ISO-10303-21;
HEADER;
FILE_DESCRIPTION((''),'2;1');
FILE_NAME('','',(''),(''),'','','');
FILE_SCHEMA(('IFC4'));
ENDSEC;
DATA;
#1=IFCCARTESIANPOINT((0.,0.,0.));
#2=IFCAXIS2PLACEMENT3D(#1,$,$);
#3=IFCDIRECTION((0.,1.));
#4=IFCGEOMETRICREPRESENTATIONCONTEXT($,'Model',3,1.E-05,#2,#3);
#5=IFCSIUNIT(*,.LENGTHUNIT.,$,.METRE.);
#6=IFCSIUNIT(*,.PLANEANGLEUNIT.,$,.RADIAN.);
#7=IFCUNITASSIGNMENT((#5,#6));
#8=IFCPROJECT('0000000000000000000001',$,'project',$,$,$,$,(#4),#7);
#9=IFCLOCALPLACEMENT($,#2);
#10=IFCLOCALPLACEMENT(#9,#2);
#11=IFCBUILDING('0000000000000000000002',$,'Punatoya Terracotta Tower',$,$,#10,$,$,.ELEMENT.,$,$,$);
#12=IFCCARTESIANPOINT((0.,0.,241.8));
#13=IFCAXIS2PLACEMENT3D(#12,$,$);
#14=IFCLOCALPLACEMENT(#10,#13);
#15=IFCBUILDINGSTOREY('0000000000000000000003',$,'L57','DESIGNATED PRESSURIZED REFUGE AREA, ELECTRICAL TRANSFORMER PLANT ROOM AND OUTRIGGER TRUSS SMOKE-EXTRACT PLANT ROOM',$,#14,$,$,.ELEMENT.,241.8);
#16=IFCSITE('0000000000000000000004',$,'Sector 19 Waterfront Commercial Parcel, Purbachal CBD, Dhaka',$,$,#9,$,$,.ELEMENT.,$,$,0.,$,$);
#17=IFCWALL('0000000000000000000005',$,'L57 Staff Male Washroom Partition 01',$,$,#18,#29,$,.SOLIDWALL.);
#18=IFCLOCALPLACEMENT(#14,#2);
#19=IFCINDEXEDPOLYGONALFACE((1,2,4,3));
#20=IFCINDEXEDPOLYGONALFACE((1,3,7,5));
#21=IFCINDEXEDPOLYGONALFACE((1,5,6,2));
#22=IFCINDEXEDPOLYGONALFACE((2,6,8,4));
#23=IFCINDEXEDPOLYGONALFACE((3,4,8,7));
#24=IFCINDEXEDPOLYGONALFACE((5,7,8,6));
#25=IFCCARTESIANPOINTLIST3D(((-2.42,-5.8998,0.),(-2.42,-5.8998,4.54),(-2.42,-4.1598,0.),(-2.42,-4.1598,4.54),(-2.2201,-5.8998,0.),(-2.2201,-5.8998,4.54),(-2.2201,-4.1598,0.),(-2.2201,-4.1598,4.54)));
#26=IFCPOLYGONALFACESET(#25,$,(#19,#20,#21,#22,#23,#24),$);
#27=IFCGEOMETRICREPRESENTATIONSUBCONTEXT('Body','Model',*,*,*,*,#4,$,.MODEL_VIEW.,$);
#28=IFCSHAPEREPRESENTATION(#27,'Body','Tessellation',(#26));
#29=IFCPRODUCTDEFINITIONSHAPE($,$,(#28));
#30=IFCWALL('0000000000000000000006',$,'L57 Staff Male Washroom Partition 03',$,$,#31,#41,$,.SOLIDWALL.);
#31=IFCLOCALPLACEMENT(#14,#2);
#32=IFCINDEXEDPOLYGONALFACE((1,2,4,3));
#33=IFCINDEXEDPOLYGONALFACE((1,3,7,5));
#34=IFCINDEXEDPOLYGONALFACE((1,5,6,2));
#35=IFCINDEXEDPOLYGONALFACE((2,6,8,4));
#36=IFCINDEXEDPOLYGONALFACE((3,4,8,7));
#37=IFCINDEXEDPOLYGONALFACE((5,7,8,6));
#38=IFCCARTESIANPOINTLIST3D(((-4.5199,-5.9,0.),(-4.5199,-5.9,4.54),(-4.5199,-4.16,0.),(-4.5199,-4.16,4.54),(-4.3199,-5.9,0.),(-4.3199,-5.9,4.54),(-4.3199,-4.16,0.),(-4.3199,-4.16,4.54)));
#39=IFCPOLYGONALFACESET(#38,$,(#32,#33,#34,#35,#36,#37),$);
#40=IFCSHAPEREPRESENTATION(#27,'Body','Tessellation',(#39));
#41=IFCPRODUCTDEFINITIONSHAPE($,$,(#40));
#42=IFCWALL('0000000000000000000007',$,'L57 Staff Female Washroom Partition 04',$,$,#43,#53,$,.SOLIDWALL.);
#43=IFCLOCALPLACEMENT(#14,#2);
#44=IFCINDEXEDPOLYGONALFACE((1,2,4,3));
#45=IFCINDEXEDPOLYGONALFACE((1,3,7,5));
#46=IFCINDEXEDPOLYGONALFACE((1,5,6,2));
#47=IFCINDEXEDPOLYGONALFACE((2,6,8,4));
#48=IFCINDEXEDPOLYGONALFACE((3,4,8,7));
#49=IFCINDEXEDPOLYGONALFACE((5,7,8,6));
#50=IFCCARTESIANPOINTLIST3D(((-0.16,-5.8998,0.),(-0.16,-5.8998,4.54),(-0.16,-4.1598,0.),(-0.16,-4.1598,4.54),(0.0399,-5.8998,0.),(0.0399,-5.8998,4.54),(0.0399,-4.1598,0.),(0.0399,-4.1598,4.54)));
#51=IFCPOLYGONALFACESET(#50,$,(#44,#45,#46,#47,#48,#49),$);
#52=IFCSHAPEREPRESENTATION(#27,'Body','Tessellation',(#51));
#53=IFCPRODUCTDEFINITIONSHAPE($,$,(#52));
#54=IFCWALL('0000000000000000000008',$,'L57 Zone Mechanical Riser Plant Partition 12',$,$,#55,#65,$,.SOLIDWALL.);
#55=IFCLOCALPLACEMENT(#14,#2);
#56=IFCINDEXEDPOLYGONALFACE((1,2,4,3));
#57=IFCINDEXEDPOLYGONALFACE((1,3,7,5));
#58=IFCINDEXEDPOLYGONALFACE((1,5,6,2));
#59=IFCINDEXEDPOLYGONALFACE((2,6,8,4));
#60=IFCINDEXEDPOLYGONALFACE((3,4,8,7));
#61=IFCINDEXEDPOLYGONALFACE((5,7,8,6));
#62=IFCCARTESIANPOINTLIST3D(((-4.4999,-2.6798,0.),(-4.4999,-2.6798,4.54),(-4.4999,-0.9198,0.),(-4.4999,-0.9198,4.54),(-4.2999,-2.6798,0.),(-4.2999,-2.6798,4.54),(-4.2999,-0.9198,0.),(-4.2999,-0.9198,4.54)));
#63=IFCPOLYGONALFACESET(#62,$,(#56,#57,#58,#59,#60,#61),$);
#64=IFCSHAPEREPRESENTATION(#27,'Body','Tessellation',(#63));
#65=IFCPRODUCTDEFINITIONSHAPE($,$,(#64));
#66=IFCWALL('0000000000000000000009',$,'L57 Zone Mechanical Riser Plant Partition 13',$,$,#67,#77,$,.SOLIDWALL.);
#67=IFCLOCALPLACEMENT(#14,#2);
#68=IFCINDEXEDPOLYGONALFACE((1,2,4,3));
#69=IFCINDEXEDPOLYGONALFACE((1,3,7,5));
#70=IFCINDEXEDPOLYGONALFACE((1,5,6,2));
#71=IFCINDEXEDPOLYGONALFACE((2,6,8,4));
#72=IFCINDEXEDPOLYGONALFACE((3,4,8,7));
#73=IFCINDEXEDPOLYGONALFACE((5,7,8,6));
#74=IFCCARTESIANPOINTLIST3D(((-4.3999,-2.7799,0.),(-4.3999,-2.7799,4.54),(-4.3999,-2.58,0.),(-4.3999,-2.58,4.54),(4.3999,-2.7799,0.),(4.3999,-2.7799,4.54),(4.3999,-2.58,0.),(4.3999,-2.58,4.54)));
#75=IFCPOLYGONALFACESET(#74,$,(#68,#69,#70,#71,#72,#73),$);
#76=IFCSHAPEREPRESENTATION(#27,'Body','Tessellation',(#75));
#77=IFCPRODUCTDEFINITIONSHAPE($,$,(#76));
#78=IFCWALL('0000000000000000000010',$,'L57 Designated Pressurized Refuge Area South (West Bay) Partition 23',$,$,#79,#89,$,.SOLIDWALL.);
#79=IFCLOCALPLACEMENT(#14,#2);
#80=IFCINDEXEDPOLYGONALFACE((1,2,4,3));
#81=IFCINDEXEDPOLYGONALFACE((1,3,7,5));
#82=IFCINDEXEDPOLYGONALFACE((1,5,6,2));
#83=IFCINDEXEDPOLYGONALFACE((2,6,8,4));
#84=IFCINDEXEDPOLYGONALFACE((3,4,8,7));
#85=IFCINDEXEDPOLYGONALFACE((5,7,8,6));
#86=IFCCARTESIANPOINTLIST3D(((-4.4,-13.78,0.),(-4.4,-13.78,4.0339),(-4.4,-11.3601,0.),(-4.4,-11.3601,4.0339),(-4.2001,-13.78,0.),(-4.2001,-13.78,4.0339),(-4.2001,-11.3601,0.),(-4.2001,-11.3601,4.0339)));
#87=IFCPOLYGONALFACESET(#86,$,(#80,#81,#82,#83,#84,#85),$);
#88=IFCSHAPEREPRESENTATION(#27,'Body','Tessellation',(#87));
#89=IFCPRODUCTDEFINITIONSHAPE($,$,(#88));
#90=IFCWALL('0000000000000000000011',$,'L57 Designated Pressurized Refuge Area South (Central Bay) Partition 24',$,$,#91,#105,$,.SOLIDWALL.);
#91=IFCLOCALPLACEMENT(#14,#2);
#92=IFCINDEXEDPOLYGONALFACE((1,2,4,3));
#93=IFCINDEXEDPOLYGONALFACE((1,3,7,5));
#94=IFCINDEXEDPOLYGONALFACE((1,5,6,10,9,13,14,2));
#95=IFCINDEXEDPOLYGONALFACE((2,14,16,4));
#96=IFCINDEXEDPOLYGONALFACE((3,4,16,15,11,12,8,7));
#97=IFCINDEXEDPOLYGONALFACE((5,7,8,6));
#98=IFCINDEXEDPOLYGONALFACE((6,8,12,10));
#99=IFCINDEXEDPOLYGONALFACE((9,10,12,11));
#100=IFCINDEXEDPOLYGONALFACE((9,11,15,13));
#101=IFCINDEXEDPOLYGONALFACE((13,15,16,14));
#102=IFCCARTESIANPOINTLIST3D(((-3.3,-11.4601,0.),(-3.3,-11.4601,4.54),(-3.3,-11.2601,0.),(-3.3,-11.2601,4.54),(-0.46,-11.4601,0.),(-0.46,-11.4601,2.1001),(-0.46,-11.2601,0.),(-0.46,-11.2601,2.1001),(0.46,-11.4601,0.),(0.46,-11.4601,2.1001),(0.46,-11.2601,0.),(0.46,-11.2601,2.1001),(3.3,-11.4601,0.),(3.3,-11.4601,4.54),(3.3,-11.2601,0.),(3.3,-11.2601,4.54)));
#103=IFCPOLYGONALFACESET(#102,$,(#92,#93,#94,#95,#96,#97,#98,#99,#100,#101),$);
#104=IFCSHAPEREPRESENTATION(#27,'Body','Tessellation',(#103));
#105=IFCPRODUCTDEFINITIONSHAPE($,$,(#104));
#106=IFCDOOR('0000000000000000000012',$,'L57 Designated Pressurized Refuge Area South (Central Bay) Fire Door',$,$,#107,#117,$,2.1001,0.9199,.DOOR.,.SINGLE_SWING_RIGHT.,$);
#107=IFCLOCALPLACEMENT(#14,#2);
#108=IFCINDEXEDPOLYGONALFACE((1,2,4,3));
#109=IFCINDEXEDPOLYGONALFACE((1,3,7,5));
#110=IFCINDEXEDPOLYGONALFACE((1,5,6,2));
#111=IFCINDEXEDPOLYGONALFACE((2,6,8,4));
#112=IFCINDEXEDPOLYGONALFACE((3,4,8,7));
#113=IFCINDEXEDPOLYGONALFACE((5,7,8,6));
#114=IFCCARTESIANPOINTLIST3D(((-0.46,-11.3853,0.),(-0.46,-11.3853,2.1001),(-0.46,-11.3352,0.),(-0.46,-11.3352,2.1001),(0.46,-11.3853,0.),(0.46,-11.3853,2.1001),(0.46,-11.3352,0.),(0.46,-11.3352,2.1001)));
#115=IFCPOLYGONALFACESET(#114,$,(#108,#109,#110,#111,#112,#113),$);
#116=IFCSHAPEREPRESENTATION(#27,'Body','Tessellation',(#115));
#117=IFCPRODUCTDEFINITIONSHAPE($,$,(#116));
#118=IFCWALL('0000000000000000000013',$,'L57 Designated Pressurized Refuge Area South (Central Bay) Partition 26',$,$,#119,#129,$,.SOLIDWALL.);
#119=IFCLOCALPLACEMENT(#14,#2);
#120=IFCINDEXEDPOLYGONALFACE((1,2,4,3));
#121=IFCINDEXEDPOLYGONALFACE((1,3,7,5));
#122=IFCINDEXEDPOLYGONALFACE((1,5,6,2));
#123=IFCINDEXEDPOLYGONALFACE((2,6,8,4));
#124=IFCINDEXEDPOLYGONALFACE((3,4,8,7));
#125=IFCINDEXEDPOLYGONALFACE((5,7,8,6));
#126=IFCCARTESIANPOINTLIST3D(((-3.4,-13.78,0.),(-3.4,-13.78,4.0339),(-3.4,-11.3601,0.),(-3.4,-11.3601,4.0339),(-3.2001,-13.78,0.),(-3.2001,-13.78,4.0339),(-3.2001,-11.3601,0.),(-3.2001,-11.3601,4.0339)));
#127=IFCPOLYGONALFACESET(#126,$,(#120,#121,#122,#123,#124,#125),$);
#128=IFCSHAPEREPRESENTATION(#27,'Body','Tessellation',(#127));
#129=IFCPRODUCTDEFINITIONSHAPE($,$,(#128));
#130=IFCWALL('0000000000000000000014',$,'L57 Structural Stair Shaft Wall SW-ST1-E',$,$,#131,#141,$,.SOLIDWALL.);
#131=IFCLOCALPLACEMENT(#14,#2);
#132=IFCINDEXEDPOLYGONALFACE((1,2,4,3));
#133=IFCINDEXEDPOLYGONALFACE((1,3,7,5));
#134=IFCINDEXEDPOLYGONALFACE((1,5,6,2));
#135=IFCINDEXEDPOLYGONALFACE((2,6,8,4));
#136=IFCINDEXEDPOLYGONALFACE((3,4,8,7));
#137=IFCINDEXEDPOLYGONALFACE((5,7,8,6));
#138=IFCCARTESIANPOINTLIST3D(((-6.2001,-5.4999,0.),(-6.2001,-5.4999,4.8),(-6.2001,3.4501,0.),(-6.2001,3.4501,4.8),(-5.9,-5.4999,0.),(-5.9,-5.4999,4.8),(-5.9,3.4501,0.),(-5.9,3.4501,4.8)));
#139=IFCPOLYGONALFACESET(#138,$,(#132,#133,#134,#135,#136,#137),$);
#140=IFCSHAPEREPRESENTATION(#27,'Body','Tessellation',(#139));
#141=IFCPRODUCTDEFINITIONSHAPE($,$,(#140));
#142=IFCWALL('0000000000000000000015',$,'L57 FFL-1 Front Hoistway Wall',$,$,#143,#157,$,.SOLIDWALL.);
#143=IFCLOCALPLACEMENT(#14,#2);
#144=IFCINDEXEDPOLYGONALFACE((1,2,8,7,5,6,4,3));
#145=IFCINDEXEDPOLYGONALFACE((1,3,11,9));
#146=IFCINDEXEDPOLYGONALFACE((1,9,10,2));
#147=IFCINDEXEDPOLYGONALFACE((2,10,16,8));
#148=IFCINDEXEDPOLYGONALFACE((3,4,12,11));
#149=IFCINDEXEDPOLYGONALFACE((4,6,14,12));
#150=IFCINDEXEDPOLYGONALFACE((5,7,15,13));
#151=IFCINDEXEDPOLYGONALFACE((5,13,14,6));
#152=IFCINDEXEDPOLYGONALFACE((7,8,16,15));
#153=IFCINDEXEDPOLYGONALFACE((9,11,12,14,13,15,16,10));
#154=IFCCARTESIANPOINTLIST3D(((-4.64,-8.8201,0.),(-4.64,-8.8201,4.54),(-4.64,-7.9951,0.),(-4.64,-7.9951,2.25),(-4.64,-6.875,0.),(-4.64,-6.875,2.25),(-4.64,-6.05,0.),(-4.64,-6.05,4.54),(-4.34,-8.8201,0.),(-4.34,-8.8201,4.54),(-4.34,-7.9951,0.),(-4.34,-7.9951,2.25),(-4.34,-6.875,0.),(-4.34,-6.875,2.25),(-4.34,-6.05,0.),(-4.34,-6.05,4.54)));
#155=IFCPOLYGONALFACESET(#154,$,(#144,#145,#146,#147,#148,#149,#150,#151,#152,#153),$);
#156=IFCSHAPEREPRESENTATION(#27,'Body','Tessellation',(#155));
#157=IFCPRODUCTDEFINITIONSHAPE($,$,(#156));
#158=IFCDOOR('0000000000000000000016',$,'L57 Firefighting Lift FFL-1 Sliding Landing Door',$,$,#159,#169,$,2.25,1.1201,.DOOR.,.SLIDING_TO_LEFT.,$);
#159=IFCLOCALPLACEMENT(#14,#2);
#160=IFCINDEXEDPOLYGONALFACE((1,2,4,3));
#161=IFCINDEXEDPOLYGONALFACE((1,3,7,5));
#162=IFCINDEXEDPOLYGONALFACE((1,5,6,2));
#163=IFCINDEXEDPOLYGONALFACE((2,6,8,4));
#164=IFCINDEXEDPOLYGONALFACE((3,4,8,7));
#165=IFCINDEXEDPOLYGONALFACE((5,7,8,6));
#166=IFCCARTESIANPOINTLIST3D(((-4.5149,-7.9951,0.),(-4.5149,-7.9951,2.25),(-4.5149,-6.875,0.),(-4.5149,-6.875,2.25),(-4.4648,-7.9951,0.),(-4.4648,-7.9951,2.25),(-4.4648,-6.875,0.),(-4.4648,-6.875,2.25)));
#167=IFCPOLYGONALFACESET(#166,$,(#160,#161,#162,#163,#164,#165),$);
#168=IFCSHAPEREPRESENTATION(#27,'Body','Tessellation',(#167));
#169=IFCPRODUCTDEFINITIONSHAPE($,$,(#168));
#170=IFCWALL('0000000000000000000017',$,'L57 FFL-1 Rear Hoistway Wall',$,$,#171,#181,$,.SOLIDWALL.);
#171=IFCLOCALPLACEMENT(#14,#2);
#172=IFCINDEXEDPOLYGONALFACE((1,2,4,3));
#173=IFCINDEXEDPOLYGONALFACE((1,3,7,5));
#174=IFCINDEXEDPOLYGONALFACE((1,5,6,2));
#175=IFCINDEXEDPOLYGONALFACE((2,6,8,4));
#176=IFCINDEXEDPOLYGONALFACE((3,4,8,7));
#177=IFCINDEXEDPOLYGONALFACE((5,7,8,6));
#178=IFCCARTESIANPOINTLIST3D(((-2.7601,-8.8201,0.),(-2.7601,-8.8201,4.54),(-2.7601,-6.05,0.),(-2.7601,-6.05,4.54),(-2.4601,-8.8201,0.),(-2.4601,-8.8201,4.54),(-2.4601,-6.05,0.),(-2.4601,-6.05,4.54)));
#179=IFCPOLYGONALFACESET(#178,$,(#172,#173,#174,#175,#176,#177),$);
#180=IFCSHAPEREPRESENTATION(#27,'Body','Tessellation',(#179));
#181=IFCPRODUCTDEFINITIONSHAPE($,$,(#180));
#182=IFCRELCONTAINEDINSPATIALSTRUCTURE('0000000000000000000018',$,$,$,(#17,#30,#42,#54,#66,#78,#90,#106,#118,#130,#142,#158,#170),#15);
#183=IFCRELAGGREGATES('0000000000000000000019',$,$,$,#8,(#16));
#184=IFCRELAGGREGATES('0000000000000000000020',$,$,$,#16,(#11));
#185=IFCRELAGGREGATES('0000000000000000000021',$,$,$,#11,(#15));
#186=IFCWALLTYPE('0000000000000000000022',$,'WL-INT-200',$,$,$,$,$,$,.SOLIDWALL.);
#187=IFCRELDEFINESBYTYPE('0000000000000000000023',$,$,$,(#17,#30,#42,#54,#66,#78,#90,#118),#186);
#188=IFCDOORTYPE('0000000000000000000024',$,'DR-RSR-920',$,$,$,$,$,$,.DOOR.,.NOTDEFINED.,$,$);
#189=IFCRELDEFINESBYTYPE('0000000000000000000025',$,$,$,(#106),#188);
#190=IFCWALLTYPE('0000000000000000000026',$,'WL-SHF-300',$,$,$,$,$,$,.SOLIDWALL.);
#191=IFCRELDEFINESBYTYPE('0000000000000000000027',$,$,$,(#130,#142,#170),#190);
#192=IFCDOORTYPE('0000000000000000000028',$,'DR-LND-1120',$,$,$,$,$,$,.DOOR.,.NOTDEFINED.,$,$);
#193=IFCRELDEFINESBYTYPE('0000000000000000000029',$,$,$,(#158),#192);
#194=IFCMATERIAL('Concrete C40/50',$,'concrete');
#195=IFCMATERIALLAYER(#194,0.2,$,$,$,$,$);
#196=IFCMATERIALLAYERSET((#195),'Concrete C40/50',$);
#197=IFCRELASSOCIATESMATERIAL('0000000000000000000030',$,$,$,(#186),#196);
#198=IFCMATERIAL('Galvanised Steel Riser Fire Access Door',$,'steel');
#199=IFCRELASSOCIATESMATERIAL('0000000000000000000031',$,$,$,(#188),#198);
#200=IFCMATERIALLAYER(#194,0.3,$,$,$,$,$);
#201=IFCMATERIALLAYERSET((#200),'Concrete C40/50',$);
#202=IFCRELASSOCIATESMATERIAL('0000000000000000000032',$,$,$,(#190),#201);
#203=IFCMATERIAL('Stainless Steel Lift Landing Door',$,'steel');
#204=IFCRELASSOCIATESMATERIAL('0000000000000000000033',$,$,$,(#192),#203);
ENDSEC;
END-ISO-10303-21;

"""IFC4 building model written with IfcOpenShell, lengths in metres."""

from ifc_helpers import new_model, si_unit, direction, frame, frame_2d, origin, place, context, subcontext, project, spatial, rectangle, extrude, material, layer, layer_set, type_object, element, fill, save


model = new_model("IFC4")

# Units and contexts
model_context = context("Model", 3, precision=1e-05, world=origin(), true_north=direction((0.0, 1.0)))
body_context = subcontext(model_context, "Body", "Model", "MODEL_VIEW")
ifc_project = project(units=[si_unit("LENGTHUNIT", "METRE"), si_unit("PLANEANGLEUNIT", "RADIAN")], contexts=[model_context])

# Site, building, storey
site_placement = place(None, origin())
site = spatial("IfcSite", under=ifc_project, at=site_placement, Name="Sector 19 Waterfront Commercial Parcel, Purbachal CBD, Dhaka", CompositionType="ELEMENT", RefElevation=0.0)
building_placement = place(site_placement, origin())
building = spatial("IfcBuilding", under=site, at=building_placement, Name="Punatoya Terracotta Tower", CompositionType="ELEMENT")
storey_placement = place(building_placement, frame((0.0, 0.0, 241.8)))
storey = spatial("IfcBuildingStorey", under=building, at=storey_placement, Name="L57", Description="DESIGNATED PRESSURIZED REFUGE AREA, ELECTRICAL TRANSFORMER PLANT ROOM AND OUTRIGGER TRUSS SMOKE-EXTRACT PLANT ROOM", CompositionType="ELEMENT", Elevation=241.8)

# Wall
ifc_material_1 = material(Name="Concrete C40/50", Category="concrete")
ifc_layer_1 = layer(ifc_material_1, 0.2)
ifc_layer_set_1 = layer_set([ifc_layer_1], Name="Concrete C40/50")
wall_type_1 = type_object("IfcWallType", Name="WL-INT-200", PredefinedType="SOLIDWALL", material=ifc_layer_set_1)
wall_1_placement = place(storey_placement, frame((-2.3201, -5.8999, 0.0), z_axis=(0.0, 0.0, 1.0), x_axis=(0.0, 1.0, 0.0)))
element("IfcWall", 1, at=wall_1_placement, inside=storey, type_object=wall_type_1, Name="L57 Staff Male Washroom Partition 01", PredefinedType="SOLIDWALL", context=body_context, shape_type="SweptSolid", body=[
    extrude(rectangle(XDim=1.74, YDim=0.2, at=frame_2d((0.8701, 0.0))), origin(), (0.0, 0.0, 1.0), 4.54),
])

# Walls
for number, where, z_axis, x_axis, name in (
    (2, (-4.4199, -4.1599, 0.0), (0.0, 0.0, 1.0), (0.0, -1.0, 0.0), "L57 Staff Male Washroom Partition 03"),
    (3, (-0.0601, -5.8999, 0.0), (0.0, 0.0, 1.0), (0.0, 1.0, 0.0), "L57 Staff Female Washroom Partition 04"),
):
    element("IfcWall", number, at=place(storey_placement, frame(where, z_axis=z_axis, x_axis=x_axis)), inside=storey, type_object=wall_type_1, Name=name, PredefinedType="SOLIDWALL", context=body_context, shape_type="SweptSolid", body=[
        extrude(rectangle(XDim=1.74, YDim=0.2, at=frame_2d((0.8701, 0.0))), origin(), (0.0, 0.0, 1.0), 4.54),
    ])
wall_2_placement = place(storey_placement, frame((-4.3999, -0.9199, 0.0), z_axis=(0.0, 0.0, 1.0), x_axis=(0.0, -1.0, 0.0)))
element("IfcWall", 4, at=wall_2_placement, inside=storey, type_object=wall_type_1, Name="L57 Zone Mechanical Riser Plant Partition 12", PredefinedType="SOLIDWALL", context=body_context, shape_type="SweptSolid", body=[
    extrude(rectangle(XDim=1.76, YDim=0.2, at=frame_2d((0.8799, 0.0))), origin(), (0.0, 0.0, 1.0), 4.54),
])
wall_3_placement = place(storey_placement, frame((-4.3999, -2.6799, 0.0), z_axis=(0.0, 0.0, 1.0), x_axis=(1.0, 0.0, 0.0)))
element("IfcWall", 5, at=wall_3_placement, inside=storey, type_object=wall_type_1, Name="L57 Zone Mechanical Riser Plant Partition 13", PredefinedType="SOLIDWALL", context=body_context, shape_type="SweptSolid", body=[
    extrude(rectangle(XDim=8.7998, YDim=0.2, at=frame_2d((4.3999, 0.0))), origin(), (0.0, 0.0, 1.0), 4.54),
])
wall_4_placement = place(storey_placement, frame((-4.3, -11.3601, 0.0), z_axis=(0.0, 0.0, 1.0), x_axis=(0.0, -1.0, 0.0)))
element("IfcWall", 6, at=wall_4_placement, inside=storey, type_object=wall_type_1, Name="L57 Designated Pressurized Refuge Area South (West Bay) Partition 23", PredefinedType="SOLIDWALL", context=body_context, shape_type="SweptSolid", body=[
    extrude(rectangle(XDim=2.4199, YDim=0.2, at=frame_2d((1.21, 0.0))), origin(), (0.0, 0.0, 1.0), 4.0339),
])

# Wall, opening, door
wall_5_placement = place(storey_placement, frame((-3.3, -11.3601, 0.0), z_axis=(0.0, 0.0, 1.0), x_axis=(1.0, 0.0, 0.0)))
wall_5 = element("IfcWall", 7, at=wall_5_placement, inside=storey, type_object=wall_type_1, Name="L57 Designated Pressurized Refuge Area South (Central Bay) Partition 24", PredefinedType="SOLIDWALL", context=body_context, shape_type="SweptSolid", body=[
    extrude(rectangle(XDim=6.6001, YDim=0.2, at=frame_2d((3.3, 0.0))), origin(), (0.0, 0.0, 1.0), 4.54),
])
opening_1_placement = place(wall_5_placement, frame((2.8401, 0.0, 0.0)))
opening_1 = element("IfcOpeningElement", 8, at=opening_1_placement, cuts=wall_5, PredefinedType="OPENING", context=body_context, shape_type="SweptSolid", body=[
    extrude(rectangle(XDim=0.9199, YDim=2.1001, at=frame_2d((0.46, 1.05))), frame((0.0, 0.1099, 0.0), z_axis=(0.0, -1.0, 0.0), x_axis=(1.0, 0.0, 0.0)), (0.0, 0.0, 1.0), 0.22),
])
ifc_material_2 = material(Name="Galvanised Steel Riser Fire Access Door", Category="steel")
door_type_1 = type_object("IfcDoorType", Name="DR-RSR-920", OperationType="NOTDEFINED", PredefinedType="DOOR", material=ifc_material_2)
door_1_placement = place(opening_1_placement, origin())
door_1 = element("IfcDoor", 9, at=door_1_placement, inside=storey, type_object=door_type_1, Name="L57 Designated Pressurized Refuge Area South (Central Bay) Fire Door", OperationType="SINGLE_SWING_RIGHT", OverallHeight=2.1001, OverallWidth=0.9199, PredefinedType="DOOR", context=body_context, shape_type="SweptSolid", body=[
    extrude(rectangle(XDim=0.9199, YDim=2.1001, at=frame_2d((0.46, 1.05))), frame((0.0, 0.0249, 0.0), z_axis=(0.0, -1.0, 0.0), x_axis=(1.0, 0.0, 0.0)), (0.0, 0.0, 1.0), 0.05),
])
fill(opening_1, door_1)

# Walls
wall_6_placement = place(storey_placement, frame((-3.3, -13.78, 0.0), z_axis=(0.0, 0.0, 1.0), x_axis=(0.0, 1.0, 0.0)))
element("IfcWall", 10, at=wall_6_placement, inside=storey, type_object=wall_type_1, Name="L57 Designated Pressurized Refuge Area South (Central Bay) Partition 26", PredefinedType="SOLIDWALL", context=body_context, shape_type="SweptSolid", body=[
    extrude(rectangle(XDim=2.4199, YDim=0.2, at=frame_2d((1.21, 0.0))), origin(), (0.0, 0.0, 1.0), 4.0339),
])
ifc_layer_2 = layer(ifc_material_1, 0.3)
ifc_layer_set_2 = layer_set([ifc_layer_2], Name="Concrete C40/50")
wall_type_2 = type_object("IfcWallType", Name="WL-SHF-300", PredefinedType="SOLIDWALL", material=ifc_layer_set_2)
wall_7_placement = place(storey_placement, frame((-6.05, -5.5, 0.0), z_axis=(0.0, 0.0, 1.0), x_axis=(0.0, 1.0, 0.0)))
element("IfcWall", 11, at=wall_7_placement, inside=storey, type_object=wall_type_2, Name="L57 Structural Stair Shaft Wall SW-ST1-E", PredefinedType="SOLIDWALL", context=body_context, shape_type="SweptSolid", body=[
    extrude(rectangle(XDim=8.95, YDim=0.3, at=frame_2d((4.4751, 0.0))), origin(), (0.0, 0.0, 1.0), 4.8),
])

# Wall, opening, door
wall_8_placement = place(storey_placement, frame((-4.49, -8.8201, 0.0), z_axis=(0.0, 0.0, 1.0), x_axis=(0.0, 1.0, 0.0)))
wall_8 = element("IfcWall", 12, at=wall_8_placement, inside=storey, type_object=wall_type_2, Name="L57 FFL-1 Front Hoistway Wall", PredefinedType="SOLIDWALL", context=body_context, shape_type="SweptSolid", body=[
    extrude(rectangle(XDim=2.77, YDim=0.3, at=frame_2d((1.385, 0.0))), origin(), (0.0, 0.0, 1.0), 4.54),
])
opening_2_placement = place(wall_8_placement, frame((0.825, 0.0, 0.0)))
opening_2 = element("IfcOpeningElement", 13, at=opening_2_placement, cuts=wall_8, PredefinedType="OPENING", context=body_context, shape_type="SweptSolid", body=[
    extrude(rectangle(XDim=1.1201, YDim=2.25, at=frame_2d((0.5601, 1.125))), frame((0.0, 0.1599, 0.0), z_axis=(0.0, -1.0, 0.0), x_axis=(1.0, 0.0, 0.0)), (0.0, 0.0, 1.0), 0.3201),
])
ifc_material_3 = material(Name="Stainless Steel Lift Landing Door", Category="steel")
door_type_2 = type_object("IfcDoorType", Name="DR-LND-1120", OperationType="NOTDEFINED", PredefinedType="DOOR", material=ifc_material_3)
door_2_placement = place(opening_2_placement, origin())
door_2 = element("IfcDoor", 14, at=door_2_placement, inside=storey, type_object=door_type_2, Name="L57 Firefighting Lift FFL-1 Sliding Landing Door", OperationType="SLIDING_TO_LEFT", OverallHeight=2.25, OverallWidth=1.1201, PredefinedType="DOOR", context=body_context, shape_type="SweptSolid", body=[
    extrude(rectangle(XDim=1.1201, YDim=2.25, at=frame_2d((0.5601, 1.125))), frame((0.0, 0.0249, 0.0), z_axis=(0.0, -1.0, 0.0), x_axis=(1.0, 0.0, 0.0)), (0.0, 0.0, 1.0), 0.05),
])
fill(opening_2, door_2)

# Wall
wall_9_placement = place(storey_placement, frame((-2.6101, -8.8201, 0.0), z_axis=(0.0, 0.0, 1.0), x_axis=(0.0, 1.0, 0.0)))
element("IfcWall", 15, at=wall_9_placement, inside=storey, type_object=wall_type_2, Name="L57 FFL-1 Rear Hoistway Wall", PredefinedType="SOLIDWALL", context=body_context, shape_type="SweptSolid", body=[
    extrude(rectangle(XDim=2.77, YDim=0.3, at=frame_2d((1.385, 0.0))), origin(), (0.0, 0.0, 1.0), 4.54),
])

save(model, "model.ifc")
